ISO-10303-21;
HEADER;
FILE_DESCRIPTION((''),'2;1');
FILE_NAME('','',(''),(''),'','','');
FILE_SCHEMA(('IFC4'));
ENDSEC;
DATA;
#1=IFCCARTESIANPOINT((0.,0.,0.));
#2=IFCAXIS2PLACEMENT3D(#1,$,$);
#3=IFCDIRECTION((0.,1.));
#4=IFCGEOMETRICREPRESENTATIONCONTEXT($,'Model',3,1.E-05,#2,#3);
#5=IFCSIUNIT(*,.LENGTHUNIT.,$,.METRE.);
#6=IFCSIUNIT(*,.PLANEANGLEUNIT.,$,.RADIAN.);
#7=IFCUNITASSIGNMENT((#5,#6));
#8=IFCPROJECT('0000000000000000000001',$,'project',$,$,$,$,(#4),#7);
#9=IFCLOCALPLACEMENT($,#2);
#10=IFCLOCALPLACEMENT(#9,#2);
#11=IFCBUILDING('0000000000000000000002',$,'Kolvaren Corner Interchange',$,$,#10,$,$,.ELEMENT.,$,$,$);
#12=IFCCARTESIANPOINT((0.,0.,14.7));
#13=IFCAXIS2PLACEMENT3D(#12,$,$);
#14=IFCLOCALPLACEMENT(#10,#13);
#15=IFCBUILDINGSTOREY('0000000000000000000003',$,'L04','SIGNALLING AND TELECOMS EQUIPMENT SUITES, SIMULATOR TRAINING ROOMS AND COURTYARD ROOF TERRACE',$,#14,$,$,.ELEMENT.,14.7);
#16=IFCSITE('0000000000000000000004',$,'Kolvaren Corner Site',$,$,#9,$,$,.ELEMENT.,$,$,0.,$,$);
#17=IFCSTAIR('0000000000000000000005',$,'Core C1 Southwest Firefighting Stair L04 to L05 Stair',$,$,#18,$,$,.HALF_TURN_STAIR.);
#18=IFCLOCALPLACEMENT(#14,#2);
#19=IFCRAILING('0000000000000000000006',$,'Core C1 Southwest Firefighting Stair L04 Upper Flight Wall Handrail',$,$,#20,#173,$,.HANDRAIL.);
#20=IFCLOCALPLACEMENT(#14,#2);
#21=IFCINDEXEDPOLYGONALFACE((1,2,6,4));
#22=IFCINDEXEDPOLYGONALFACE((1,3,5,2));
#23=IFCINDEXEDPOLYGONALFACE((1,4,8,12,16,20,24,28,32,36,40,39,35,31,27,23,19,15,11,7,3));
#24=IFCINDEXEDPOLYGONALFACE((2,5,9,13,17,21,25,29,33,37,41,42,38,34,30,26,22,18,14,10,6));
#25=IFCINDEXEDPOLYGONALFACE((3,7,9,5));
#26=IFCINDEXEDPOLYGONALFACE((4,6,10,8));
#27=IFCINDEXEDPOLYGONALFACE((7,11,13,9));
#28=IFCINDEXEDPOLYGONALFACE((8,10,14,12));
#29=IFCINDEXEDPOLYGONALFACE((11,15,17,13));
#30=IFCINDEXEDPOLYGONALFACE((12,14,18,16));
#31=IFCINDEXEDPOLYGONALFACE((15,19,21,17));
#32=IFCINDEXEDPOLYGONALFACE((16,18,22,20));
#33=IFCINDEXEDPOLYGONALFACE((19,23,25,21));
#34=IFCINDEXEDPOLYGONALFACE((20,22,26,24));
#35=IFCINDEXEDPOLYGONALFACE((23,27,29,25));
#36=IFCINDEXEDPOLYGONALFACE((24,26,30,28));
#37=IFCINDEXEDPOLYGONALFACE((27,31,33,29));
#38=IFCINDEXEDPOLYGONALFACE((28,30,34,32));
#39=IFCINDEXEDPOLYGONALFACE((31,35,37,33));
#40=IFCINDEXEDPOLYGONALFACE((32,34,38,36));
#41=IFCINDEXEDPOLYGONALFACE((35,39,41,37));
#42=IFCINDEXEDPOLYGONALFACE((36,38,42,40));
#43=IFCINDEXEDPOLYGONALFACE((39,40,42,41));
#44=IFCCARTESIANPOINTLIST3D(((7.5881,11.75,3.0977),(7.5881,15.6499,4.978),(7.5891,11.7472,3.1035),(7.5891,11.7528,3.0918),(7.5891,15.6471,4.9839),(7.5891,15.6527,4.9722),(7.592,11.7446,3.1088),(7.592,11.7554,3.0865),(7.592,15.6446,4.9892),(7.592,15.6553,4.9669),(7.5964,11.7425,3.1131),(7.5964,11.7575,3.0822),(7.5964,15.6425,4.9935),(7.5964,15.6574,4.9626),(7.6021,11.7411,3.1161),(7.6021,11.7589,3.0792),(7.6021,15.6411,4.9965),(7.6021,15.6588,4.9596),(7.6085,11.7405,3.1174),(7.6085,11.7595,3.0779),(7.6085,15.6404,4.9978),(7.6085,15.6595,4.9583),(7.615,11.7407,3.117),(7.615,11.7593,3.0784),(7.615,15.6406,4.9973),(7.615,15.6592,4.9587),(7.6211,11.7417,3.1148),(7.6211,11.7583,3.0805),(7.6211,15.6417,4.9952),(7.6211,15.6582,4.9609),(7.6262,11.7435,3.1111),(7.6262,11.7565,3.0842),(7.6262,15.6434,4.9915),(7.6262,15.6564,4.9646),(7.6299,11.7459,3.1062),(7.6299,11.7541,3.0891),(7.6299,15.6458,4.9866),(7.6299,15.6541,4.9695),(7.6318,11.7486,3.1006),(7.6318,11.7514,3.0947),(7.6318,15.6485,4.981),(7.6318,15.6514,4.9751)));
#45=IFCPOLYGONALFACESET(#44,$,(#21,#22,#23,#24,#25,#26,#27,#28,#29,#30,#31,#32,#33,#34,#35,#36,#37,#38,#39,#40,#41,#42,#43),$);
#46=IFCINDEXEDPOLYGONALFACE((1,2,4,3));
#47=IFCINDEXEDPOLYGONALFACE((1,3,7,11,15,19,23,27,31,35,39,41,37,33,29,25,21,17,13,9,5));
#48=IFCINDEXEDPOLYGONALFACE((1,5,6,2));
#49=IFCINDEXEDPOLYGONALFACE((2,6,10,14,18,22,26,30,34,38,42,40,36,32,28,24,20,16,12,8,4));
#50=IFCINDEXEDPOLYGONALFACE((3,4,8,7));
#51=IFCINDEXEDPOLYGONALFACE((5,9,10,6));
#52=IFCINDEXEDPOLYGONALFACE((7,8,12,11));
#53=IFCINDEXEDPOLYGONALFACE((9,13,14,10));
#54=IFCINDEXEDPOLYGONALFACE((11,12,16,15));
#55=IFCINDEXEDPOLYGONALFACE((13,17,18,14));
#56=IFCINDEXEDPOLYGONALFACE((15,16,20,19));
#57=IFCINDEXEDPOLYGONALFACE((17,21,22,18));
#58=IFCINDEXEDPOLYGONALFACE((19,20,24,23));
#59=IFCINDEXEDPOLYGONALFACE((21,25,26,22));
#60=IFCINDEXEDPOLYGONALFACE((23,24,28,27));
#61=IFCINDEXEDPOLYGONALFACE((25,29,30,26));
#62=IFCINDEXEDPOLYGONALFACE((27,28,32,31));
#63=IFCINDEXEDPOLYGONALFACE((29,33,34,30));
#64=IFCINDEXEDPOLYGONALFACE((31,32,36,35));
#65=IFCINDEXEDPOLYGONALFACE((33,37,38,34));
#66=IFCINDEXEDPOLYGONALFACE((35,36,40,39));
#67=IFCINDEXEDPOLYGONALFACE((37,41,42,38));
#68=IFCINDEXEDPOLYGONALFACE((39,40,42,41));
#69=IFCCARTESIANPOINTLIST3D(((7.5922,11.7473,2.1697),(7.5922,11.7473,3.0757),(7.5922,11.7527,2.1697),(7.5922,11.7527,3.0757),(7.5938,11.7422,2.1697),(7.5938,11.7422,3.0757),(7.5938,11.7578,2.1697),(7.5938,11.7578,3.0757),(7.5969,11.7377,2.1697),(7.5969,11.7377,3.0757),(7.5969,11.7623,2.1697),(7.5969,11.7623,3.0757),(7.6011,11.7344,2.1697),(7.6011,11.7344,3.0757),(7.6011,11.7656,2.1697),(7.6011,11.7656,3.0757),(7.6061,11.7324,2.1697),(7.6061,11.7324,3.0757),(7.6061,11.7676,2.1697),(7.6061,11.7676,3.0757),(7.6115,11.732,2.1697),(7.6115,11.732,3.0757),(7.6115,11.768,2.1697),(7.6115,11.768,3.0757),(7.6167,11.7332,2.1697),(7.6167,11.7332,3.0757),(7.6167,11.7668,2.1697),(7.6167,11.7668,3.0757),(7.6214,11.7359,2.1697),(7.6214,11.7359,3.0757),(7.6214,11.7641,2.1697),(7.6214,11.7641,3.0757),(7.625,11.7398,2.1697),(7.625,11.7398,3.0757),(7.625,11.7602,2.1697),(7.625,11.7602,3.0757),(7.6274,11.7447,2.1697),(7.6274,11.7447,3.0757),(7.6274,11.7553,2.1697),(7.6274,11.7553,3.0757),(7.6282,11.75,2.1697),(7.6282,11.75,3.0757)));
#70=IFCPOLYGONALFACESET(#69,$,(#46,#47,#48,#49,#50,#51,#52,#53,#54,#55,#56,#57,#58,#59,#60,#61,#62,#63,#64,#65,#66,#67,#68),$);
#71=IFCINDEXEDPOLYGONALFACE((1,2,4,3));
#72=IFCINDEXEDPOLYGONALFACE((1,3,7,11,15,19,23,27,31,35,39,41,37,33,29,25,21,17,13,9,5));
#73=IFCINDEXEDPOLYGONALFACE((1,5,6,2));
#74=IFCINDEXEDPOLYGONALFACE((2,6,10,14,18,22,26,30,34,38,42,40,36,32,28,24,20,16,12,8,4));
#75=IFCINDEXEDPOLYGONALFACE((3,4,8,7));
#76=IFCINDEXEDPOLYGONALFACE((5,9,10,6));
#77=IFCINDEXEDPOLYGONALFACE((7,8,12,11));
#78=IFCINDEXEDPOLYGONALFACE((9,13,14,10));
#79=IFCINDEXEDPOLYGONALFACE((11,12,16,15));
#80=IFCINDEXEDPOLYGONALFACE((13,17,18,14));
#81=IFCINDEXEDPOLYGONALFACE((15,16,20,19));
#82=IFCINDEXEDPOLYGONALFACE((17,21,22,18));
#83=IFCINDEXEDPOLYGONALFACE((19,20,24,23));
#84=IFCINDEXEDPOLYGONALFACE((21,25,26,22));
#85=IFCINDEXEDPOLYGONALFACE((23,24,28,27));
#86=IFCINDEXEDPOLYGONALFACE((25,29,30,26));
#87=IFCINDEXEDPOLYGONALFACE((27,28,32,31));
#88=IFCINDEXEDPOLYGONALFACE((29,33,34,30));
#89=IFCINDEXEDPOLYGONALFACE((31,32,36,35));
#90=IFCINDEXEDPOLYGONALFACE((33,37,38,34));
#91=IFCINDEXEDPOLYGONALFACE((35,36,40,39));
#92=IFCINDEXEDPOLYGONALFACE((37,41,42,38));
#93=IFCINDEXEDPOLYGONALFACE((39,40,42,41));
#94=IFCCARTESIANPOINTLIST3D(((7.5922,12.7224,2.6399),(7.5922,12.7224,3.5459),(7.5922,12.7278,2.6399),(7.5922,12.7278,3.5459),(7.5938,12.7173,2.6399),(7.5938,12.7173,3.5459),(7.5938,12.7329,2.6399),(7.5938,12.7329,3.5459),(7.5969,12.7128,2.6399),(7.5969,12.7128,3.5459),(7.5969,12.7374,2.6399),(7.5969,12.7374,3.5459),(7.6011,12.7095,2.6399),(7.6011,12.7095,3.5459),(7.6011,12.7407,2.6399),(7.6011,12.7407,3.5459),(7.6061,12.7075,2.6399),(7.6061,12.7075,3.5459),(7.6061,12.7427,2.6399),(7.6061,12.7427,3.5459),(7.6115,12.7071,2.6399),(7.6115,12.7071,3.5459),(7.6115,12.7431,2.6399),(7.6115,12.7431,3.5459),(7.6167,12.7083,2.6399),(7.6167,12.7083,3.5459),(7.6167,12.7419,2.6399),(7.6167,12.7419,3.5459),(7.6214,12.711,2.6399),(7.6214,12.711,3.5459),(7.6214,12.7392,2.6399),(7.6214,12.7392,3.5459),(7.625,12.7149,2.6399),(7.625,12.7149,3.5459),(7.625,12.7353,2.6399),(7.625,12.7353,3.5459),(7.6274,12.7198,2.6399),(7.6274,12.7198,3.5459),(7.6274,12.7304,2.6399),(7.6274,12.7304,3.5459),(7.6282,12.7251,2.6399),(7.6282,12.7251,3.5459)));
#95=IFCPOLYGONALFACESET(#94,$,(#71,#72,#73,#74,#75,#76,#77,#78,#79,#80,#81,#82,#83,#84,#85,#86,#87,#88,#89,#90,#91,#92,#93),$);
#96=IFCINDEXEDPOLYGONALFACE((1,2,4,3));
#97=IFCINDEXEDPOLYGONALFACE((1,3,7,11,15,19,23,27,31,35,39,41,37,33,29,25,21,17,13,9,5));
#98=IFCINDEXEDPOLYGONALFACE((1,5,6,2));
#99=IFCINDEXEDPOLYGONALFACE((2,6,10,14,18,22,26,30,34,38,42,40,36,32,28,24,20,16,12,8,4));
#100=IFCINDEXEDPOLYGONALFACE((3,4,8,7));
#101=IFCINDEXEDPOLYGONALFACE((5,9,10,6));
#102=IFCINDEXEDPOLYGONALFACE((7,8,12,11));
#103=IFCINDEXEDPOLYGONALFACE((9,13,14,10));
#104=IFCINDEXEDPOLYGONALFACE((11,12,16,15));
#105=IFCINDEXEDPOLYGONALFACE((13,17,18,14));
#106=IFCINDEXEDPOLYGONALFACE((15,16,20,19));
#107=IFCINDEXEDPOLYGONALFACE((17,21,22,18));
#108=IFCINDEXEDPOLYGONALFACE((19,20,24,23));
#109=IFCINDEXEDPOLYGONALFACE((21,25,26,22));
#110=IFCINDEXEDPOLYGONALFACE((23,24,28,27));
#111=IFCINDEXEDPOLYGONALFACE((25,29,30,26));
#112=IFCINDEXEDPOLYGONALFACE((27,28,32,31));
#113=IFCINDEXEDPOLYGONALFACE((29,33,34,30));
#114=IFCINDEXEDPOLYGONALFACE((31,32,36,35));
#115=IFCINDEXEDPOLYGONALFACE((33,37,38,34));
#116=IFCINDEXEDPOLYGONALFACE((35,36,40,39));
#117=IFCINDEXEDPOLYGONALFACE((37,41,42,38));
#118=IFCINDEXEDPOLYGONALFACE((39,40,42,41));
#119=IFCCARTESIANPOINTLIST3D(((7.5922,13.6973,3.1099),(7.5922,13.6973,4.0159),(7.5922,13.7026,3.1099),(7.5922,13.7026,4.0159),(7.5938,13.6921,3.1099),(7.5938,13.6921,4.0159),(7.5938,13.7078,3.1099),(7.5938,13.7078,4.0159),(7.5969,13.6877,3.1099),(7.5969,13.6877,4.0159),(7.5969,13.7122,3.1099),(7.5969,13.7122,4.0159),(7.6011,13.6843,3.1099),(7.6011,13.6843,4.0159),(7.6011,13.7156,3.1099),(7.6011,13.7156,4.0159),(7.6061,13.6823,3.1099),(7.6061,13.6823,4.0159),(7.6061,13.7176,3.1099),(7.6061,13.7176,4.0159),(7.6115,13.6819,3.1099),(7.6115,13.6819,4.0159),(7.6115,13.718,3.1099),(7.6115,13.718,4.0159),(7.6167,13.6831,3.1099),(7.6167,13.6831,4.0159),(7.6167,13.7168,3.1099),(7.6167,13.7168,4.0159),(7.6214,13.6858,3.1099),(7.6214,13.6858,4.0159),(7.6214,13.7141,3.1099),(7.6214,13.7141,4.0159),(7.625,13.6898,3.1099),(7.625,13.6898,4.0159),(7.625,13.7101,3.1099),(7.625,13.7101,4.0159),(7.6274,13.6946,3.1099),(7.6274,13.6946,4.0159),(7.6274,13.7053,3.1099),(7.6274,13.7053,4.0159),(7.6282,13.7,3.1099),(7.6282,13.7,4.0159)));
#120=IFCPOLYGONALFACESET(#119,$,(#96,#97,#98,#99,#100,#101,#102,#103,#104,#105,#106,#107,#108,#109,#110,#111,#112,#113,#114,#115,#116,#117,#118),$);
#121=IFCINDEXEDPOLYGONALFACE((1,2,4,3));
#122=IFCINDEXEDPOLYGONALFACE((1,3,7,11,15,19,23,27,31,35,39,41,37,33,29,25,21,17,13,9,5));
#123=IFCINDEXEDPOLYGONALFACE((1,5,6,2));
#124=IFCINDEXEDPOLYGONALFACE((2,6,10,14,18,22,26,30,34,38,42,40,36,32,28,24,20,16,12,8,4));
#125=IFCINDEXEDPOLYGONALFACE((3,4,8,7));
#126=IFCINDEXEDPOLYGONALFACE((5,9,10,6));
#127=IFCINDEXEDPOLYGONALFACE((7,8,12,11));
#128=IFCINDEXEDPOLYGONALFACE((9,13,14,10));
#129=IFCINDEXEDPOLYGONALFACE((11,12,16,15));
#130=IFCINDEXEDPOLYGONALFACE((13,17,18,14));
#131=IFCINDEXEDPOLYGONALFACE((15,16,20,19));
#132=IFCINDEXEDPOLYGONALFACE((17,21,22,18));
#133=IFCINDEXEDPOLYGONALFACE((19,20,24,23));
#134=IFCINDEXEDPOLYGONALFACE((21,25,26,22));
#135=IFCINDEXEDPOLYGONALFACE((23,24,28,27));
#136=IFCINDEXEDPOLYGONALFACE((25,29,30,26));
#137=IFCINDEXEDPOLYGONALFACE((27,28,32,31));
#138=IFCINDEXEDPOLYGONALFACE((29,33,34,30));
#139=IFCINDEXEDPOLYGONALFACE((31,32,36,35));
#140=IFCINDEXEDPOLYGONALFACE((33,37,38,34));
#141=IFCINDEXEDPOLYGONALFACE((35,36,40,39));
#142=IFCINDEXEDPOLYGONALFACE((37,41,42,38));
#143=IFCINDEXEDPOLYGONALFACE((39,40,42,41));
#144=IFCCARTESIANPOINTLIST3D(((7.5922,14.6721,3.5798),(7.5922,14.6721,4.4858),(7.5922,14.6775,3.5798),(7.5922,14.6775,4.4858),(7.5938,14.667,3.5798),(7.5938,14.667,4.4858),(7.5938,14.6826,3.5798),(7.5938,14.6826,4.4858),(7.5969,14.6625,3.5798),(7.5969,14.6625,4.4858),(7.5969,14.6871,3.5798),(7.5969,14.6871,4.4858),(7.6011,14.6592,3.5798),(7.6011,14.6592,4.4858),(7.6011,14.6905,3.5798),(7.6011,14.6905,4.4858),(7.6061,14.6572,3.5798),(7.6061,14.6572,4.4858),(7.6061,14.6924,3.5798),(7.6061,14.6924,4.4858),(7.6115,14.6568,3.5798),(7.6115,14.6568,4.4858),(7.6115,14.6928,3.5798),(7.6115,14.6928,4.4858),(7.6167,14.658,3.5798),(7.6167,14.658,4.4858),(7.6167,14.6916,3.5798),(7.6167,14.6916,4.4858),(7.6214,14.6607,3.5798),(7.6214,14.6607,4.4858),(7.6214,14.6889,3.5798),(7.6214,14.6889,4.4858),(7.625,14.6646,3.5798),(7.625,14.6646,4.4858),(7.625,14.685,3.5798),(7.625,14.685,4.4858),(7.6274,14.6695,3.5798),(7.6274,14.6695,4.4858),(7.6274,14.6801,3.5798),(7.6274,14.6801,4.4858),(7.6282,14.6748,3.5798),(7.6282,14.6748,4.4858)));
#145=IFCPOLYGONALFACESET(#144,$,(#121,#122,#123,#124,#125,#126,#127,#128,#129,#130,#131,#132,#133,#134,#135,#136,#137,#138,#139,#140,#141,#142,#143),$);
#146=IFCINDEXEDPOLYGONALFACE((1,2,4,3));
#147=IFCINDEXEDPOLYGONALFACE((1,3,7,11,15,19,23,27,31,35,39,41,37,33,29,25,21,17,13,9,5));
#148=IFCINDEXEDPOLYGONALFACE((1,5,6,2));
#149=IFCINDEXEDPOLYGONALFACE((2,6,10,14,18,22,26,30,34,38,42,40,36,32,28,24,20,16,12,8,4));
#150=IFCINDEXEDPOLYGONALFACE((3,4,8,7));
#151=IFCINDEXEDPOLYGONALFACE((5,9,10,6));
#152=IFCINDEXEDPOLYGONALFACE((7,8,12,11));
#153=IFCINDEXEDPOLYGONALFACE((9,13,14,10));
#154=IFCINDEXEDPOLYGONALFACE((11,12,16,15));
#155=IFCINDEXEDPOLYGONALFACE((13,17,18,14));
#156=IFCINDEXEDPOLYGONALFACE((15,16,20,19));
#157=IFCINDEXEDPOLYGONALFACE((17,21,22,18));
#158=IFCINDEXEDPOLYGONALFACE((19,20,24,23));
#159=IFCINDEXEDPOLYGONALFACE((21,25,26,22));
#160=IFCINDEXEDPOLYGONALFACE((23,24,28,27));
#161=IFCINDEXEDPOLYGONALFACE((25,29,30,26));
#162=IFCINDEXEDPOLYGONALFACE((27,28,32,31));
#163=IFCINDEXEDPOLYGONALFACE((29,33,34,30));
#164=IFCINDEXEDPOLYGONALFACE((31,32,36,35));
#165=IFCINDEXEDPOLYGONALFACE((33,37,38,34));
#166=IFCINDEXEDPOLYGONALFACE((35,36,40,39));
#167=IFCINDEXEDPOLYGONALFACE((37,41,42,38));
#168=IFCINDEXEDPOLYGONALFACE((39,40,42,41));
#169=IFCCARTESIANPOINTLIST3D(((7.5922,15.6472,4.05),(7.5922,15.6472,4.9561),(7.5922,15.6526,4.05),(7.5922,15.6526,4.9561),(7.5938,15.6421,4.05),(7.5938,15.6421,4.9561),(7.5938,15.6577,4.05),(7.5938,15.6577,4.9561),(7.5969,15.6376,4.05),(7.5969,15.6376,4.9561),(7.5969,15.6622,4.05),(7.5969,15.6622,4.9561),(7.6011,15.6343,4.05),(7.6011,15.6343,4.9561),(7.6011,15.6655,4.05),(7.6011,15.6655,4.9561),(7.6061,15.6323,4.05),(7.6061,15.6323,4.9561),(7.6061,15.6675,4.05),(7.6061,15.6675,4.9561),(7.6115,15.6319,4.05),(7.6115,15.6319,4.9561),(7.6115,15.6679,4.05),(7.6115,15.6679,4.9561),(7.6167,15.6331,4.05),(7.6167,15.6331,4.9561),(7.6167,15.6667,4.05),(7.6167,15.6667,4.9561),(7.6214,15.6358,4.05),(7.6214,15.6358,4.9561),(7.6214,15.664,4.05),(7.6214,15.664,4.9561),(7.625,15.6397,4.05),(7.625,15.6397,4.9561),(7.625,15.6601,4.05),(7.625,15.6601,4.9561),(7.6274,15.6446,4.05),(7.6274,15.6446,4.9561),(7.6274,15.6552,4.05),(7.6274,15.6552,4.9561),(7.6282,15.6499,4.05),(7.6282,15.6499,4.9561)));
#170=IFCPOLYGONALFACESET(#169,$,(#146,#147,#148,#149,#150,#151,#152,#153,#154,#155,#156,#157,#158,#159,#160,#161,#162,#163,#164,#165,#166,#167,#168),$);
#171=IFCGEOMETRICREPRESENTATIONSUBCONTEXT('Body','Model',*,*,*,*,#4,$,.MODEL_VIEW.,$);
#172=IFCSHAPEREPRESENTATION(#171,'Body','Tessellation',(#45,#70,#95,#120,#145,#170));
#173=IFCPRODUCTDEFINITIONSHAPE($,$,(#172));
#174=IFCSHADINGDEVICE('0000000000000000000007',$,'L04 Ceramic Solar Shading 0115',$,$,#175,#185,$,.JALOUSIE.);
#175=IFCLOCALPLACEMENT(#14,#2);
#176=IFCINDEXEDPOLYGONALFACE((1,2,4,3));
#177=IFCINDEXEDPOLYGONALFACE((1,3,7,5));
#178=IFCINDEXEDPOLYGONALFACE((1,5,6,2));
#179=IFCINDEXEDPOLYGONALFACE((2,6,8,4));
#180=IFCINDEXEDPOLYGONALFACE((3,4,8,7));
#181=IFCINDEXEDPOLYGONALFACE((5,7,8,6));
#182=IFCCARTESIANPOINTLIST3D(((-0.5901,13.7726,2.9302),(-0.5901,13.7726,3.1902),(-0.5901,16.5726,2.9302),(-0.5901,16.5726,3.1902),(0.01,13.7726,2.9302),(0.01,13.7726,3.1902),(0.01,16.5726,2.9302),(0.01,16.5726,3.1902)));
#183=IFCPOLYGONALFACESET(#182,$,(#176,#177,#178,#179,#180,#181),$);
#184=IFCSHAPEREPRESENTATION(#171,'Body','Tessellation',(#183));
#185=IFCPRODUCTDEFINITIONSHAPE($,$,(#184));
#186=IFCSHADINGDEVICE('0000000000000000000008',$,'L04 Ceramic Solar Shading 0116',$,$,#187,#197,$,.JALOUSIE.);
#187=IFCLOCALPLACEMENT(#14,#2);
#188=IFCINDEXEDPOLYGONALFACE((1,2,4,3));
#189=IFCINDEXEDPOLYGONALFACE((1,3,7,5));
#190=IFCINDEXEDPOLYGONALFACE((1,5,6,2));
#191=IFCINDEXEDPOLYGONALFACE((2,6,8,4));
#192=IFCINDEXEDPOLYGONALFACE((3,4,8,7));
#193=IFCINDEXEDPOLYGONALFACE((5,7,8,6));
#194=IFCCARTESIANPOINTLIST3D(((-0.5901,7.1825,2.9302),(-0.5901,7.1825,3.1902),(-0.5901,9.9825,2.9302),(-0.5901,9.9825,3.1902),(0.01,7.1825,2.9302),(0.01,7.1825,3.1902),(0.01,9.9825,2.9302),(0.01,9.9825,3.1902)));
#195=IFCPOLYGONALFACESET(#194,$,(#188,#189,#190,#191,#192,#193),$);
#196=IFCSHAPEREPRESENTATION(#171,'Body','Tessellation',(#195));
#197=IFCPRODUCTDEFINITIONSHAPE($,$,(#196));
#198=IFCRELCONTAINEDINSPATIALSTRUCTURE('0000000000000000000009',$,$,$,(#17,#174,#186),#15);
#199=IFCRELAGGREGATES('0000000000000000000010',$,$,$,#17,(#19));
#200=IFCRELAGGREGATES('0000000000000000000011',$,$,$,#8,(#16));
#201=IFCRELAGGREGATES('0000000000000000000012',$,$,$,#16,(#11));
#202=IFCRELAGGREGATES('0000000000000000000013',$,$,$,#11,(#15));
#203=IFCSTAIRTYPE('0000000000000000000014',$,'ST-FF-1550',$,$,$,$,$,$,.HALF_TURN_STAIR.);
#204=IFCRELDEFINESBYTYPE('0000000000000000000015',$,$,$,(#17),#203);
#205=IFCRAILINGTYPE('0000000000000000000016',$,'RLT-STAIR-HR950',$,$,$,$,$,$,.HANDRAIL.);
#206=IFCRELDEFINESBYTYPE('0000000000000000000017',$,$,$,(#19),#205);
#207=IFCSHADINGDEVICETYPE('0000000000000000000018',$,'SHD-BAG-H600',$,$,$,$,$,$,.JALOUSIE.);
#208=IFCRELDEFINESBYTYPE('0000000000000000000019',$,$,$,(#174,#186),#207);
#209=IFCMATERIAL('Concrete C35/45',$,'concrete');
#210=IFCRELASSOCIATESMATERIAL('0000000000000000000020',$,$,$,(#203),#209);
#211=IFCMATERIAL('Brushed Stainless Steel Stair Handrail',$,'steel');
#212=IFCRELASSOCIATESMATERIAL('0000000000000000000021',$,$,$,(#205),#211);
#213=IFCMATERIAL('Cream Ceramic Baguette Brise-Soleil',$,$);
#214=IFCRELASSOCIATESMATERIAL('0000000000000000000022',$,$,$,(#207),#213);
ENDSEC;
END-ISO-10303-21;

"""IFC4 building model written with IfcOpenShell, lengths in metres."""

from ifc_helpers import new_model, si_unit, direction, frame, origin, origin_2d, place, context, subcontext, project, spatial, rectangle, circle, extrude, material, type_object, element, aggregate, save


model = new_model("IFC4")

# Units and contexts
model_context = context("Model", 3, precision=1e-05, world=origin(), true_north=direction((0.0, 1.0)))
body_context = subcontext(model_context, "Body", "Model", "MODEL_VIEW")
ifc_project = project(units=[si_unit("LENGTHUNIT", "METRE"), si_unit("PLANEANGLEUNIT", "RADIAN")], contexts=[model_context])

# Site, building, storey
site_placement = place(None, origin())
site = spatial("IfcSite", under=ifc_project, at=site_placement, Name="Kolvaren Corner Site", CompositionType="ELEMENT", RefElevation=0.0)
building_placement = place(site_placement, origin())
building = spatial("IfcBuilding", under=site, at=building_placement, Name="Kolvaren Corner Interchange", CompositionType="ELEMENT")
storey_placement = place(building_placement, frame((0.0, 0.0, 14.7)))
storey = spatial("IfcBuildingStorey", under=building, at=storey_placement, Name="L04", Description="SIGNALLING AND TELECOMS EQUIPMENT SUITES, SIMULATOR TRAINING ROOMS AND COURTYARD ROOF TERRACE", CompositionType="ELEMENT", Elevation=14.7)

# Stair, railing
ifc_material_1 = material(Name="Concrete C35/45", Category="concrete")
stair_type = type_object("IfcStairType", Name="ST-FF-1550", PredefinedType="HALF_TURN_STAIR", material=ifc_material_1)
stair_placement = place(storey_placement, origin())
stair = element("IfcStair", 1, at=stair_placement, inside=storey, type_object=stair_type, Name="Core C1 Southwest Firefighting Stair L04 to L05 Stair", PredefinedType="HALF_TURN_STAIR")
ifc_material_2 = material(Name="Brushed Stainless Steel Stair Handrail", Category="steel")
railing_type_1 = type_object("IfcRailingType", Name="RLT-STAIR-HR950", PredefinedType="HANDRAIL", material=ifc_material_2)
railing_1_placement = place(storey_placement, frame((7.6101, 11.75, 2.1697)))
railing_1 = element("IfcRailing", 2, at=railing_1_placement, type_object=railing_type_1, Name="Core C1 Southwest Firefighting Stair L04 Upper Flight Wall Handrail", PredefinedType="HANDRAIL", context=body_context, shape_type="SweptSolid", body=[
    extrude(circle(Radius=0.022, at=origin_2d()), frame((0.0, 0.0, 0.928), z_axis=(0.0, 0.900763, 0.434311), x_axis=(-1.0, 0.0, 0.0)), (0.0, 0.0, 1.0), 4.3296),
    extrude(circle(Radius=0.0181, at=origin_2d()), origin(), (0.0, 0.0, 1.0), 0.906),
    extrude(circle(Radius=0.0181, at=origin_2d()), frame((0.0, 0.9751, 0.4702)), (0.0, 0.0, 1.0), 0.906),
    extrude(circle(Radius=0.0181, at=origin_2d()), frame((0.0, 1.95, 0.9402)), (0.0, 0.0, 1.0), 0.906),
    extrude(circle(Radius=0.0181, at=origin_2d()), frame((0.0, 2.9248, 1.4102)), (0.0, 0.0, 1.0), 0.906),
    extrude(circle(Radius=0.0181, at=origin_2d()), frame((0.0, 3.8999, 1.8804)), (0.0, 0.0, 1.0), 0.906),
])
aggregate(stair, [railing_1])

# Shading devices
ifc_material_3 = material(Name="Cream Ceramic Baguette Brise-Soleil")
shading_device_type = type_object("IfcShadingDeviceType", Name="SHD-BAG-H600", PredefinedType="JALOUSIE", material=ifc_material_3)
for number, where, z_axis, x_axis, name in (
    (3, (-0.29, 15.1726, 2.9302), (0.0, 0.0, 1.0), (0.0, -1.0, 0.0), "L04 Ceramic Solar Shading 0115"),
    (4, (-0.29, 8.5825, 2.9302), (0.0, 0.0, 1.0), (0.0, -1.0, 0.0), "L04 Ceramic Solar Shading 0116"),
):
    element("IfcShadingDevice", number, at=place(storey_placement, frame(where, z_axis=z_axis, x_axis=x_axis)), inside=storey, type_object=shading_device_type, Name=name, PredefinedType="JALOUSIE", context=body_context, shape_type="SweptSolid", body=[
        extrude(rectangle(XDim=2.8, YDim=0.6001, at=origin_2d()), origin(), (0.0, 0.0, 1.0), 0.26),
    ])

save(model, "model.ifc")
